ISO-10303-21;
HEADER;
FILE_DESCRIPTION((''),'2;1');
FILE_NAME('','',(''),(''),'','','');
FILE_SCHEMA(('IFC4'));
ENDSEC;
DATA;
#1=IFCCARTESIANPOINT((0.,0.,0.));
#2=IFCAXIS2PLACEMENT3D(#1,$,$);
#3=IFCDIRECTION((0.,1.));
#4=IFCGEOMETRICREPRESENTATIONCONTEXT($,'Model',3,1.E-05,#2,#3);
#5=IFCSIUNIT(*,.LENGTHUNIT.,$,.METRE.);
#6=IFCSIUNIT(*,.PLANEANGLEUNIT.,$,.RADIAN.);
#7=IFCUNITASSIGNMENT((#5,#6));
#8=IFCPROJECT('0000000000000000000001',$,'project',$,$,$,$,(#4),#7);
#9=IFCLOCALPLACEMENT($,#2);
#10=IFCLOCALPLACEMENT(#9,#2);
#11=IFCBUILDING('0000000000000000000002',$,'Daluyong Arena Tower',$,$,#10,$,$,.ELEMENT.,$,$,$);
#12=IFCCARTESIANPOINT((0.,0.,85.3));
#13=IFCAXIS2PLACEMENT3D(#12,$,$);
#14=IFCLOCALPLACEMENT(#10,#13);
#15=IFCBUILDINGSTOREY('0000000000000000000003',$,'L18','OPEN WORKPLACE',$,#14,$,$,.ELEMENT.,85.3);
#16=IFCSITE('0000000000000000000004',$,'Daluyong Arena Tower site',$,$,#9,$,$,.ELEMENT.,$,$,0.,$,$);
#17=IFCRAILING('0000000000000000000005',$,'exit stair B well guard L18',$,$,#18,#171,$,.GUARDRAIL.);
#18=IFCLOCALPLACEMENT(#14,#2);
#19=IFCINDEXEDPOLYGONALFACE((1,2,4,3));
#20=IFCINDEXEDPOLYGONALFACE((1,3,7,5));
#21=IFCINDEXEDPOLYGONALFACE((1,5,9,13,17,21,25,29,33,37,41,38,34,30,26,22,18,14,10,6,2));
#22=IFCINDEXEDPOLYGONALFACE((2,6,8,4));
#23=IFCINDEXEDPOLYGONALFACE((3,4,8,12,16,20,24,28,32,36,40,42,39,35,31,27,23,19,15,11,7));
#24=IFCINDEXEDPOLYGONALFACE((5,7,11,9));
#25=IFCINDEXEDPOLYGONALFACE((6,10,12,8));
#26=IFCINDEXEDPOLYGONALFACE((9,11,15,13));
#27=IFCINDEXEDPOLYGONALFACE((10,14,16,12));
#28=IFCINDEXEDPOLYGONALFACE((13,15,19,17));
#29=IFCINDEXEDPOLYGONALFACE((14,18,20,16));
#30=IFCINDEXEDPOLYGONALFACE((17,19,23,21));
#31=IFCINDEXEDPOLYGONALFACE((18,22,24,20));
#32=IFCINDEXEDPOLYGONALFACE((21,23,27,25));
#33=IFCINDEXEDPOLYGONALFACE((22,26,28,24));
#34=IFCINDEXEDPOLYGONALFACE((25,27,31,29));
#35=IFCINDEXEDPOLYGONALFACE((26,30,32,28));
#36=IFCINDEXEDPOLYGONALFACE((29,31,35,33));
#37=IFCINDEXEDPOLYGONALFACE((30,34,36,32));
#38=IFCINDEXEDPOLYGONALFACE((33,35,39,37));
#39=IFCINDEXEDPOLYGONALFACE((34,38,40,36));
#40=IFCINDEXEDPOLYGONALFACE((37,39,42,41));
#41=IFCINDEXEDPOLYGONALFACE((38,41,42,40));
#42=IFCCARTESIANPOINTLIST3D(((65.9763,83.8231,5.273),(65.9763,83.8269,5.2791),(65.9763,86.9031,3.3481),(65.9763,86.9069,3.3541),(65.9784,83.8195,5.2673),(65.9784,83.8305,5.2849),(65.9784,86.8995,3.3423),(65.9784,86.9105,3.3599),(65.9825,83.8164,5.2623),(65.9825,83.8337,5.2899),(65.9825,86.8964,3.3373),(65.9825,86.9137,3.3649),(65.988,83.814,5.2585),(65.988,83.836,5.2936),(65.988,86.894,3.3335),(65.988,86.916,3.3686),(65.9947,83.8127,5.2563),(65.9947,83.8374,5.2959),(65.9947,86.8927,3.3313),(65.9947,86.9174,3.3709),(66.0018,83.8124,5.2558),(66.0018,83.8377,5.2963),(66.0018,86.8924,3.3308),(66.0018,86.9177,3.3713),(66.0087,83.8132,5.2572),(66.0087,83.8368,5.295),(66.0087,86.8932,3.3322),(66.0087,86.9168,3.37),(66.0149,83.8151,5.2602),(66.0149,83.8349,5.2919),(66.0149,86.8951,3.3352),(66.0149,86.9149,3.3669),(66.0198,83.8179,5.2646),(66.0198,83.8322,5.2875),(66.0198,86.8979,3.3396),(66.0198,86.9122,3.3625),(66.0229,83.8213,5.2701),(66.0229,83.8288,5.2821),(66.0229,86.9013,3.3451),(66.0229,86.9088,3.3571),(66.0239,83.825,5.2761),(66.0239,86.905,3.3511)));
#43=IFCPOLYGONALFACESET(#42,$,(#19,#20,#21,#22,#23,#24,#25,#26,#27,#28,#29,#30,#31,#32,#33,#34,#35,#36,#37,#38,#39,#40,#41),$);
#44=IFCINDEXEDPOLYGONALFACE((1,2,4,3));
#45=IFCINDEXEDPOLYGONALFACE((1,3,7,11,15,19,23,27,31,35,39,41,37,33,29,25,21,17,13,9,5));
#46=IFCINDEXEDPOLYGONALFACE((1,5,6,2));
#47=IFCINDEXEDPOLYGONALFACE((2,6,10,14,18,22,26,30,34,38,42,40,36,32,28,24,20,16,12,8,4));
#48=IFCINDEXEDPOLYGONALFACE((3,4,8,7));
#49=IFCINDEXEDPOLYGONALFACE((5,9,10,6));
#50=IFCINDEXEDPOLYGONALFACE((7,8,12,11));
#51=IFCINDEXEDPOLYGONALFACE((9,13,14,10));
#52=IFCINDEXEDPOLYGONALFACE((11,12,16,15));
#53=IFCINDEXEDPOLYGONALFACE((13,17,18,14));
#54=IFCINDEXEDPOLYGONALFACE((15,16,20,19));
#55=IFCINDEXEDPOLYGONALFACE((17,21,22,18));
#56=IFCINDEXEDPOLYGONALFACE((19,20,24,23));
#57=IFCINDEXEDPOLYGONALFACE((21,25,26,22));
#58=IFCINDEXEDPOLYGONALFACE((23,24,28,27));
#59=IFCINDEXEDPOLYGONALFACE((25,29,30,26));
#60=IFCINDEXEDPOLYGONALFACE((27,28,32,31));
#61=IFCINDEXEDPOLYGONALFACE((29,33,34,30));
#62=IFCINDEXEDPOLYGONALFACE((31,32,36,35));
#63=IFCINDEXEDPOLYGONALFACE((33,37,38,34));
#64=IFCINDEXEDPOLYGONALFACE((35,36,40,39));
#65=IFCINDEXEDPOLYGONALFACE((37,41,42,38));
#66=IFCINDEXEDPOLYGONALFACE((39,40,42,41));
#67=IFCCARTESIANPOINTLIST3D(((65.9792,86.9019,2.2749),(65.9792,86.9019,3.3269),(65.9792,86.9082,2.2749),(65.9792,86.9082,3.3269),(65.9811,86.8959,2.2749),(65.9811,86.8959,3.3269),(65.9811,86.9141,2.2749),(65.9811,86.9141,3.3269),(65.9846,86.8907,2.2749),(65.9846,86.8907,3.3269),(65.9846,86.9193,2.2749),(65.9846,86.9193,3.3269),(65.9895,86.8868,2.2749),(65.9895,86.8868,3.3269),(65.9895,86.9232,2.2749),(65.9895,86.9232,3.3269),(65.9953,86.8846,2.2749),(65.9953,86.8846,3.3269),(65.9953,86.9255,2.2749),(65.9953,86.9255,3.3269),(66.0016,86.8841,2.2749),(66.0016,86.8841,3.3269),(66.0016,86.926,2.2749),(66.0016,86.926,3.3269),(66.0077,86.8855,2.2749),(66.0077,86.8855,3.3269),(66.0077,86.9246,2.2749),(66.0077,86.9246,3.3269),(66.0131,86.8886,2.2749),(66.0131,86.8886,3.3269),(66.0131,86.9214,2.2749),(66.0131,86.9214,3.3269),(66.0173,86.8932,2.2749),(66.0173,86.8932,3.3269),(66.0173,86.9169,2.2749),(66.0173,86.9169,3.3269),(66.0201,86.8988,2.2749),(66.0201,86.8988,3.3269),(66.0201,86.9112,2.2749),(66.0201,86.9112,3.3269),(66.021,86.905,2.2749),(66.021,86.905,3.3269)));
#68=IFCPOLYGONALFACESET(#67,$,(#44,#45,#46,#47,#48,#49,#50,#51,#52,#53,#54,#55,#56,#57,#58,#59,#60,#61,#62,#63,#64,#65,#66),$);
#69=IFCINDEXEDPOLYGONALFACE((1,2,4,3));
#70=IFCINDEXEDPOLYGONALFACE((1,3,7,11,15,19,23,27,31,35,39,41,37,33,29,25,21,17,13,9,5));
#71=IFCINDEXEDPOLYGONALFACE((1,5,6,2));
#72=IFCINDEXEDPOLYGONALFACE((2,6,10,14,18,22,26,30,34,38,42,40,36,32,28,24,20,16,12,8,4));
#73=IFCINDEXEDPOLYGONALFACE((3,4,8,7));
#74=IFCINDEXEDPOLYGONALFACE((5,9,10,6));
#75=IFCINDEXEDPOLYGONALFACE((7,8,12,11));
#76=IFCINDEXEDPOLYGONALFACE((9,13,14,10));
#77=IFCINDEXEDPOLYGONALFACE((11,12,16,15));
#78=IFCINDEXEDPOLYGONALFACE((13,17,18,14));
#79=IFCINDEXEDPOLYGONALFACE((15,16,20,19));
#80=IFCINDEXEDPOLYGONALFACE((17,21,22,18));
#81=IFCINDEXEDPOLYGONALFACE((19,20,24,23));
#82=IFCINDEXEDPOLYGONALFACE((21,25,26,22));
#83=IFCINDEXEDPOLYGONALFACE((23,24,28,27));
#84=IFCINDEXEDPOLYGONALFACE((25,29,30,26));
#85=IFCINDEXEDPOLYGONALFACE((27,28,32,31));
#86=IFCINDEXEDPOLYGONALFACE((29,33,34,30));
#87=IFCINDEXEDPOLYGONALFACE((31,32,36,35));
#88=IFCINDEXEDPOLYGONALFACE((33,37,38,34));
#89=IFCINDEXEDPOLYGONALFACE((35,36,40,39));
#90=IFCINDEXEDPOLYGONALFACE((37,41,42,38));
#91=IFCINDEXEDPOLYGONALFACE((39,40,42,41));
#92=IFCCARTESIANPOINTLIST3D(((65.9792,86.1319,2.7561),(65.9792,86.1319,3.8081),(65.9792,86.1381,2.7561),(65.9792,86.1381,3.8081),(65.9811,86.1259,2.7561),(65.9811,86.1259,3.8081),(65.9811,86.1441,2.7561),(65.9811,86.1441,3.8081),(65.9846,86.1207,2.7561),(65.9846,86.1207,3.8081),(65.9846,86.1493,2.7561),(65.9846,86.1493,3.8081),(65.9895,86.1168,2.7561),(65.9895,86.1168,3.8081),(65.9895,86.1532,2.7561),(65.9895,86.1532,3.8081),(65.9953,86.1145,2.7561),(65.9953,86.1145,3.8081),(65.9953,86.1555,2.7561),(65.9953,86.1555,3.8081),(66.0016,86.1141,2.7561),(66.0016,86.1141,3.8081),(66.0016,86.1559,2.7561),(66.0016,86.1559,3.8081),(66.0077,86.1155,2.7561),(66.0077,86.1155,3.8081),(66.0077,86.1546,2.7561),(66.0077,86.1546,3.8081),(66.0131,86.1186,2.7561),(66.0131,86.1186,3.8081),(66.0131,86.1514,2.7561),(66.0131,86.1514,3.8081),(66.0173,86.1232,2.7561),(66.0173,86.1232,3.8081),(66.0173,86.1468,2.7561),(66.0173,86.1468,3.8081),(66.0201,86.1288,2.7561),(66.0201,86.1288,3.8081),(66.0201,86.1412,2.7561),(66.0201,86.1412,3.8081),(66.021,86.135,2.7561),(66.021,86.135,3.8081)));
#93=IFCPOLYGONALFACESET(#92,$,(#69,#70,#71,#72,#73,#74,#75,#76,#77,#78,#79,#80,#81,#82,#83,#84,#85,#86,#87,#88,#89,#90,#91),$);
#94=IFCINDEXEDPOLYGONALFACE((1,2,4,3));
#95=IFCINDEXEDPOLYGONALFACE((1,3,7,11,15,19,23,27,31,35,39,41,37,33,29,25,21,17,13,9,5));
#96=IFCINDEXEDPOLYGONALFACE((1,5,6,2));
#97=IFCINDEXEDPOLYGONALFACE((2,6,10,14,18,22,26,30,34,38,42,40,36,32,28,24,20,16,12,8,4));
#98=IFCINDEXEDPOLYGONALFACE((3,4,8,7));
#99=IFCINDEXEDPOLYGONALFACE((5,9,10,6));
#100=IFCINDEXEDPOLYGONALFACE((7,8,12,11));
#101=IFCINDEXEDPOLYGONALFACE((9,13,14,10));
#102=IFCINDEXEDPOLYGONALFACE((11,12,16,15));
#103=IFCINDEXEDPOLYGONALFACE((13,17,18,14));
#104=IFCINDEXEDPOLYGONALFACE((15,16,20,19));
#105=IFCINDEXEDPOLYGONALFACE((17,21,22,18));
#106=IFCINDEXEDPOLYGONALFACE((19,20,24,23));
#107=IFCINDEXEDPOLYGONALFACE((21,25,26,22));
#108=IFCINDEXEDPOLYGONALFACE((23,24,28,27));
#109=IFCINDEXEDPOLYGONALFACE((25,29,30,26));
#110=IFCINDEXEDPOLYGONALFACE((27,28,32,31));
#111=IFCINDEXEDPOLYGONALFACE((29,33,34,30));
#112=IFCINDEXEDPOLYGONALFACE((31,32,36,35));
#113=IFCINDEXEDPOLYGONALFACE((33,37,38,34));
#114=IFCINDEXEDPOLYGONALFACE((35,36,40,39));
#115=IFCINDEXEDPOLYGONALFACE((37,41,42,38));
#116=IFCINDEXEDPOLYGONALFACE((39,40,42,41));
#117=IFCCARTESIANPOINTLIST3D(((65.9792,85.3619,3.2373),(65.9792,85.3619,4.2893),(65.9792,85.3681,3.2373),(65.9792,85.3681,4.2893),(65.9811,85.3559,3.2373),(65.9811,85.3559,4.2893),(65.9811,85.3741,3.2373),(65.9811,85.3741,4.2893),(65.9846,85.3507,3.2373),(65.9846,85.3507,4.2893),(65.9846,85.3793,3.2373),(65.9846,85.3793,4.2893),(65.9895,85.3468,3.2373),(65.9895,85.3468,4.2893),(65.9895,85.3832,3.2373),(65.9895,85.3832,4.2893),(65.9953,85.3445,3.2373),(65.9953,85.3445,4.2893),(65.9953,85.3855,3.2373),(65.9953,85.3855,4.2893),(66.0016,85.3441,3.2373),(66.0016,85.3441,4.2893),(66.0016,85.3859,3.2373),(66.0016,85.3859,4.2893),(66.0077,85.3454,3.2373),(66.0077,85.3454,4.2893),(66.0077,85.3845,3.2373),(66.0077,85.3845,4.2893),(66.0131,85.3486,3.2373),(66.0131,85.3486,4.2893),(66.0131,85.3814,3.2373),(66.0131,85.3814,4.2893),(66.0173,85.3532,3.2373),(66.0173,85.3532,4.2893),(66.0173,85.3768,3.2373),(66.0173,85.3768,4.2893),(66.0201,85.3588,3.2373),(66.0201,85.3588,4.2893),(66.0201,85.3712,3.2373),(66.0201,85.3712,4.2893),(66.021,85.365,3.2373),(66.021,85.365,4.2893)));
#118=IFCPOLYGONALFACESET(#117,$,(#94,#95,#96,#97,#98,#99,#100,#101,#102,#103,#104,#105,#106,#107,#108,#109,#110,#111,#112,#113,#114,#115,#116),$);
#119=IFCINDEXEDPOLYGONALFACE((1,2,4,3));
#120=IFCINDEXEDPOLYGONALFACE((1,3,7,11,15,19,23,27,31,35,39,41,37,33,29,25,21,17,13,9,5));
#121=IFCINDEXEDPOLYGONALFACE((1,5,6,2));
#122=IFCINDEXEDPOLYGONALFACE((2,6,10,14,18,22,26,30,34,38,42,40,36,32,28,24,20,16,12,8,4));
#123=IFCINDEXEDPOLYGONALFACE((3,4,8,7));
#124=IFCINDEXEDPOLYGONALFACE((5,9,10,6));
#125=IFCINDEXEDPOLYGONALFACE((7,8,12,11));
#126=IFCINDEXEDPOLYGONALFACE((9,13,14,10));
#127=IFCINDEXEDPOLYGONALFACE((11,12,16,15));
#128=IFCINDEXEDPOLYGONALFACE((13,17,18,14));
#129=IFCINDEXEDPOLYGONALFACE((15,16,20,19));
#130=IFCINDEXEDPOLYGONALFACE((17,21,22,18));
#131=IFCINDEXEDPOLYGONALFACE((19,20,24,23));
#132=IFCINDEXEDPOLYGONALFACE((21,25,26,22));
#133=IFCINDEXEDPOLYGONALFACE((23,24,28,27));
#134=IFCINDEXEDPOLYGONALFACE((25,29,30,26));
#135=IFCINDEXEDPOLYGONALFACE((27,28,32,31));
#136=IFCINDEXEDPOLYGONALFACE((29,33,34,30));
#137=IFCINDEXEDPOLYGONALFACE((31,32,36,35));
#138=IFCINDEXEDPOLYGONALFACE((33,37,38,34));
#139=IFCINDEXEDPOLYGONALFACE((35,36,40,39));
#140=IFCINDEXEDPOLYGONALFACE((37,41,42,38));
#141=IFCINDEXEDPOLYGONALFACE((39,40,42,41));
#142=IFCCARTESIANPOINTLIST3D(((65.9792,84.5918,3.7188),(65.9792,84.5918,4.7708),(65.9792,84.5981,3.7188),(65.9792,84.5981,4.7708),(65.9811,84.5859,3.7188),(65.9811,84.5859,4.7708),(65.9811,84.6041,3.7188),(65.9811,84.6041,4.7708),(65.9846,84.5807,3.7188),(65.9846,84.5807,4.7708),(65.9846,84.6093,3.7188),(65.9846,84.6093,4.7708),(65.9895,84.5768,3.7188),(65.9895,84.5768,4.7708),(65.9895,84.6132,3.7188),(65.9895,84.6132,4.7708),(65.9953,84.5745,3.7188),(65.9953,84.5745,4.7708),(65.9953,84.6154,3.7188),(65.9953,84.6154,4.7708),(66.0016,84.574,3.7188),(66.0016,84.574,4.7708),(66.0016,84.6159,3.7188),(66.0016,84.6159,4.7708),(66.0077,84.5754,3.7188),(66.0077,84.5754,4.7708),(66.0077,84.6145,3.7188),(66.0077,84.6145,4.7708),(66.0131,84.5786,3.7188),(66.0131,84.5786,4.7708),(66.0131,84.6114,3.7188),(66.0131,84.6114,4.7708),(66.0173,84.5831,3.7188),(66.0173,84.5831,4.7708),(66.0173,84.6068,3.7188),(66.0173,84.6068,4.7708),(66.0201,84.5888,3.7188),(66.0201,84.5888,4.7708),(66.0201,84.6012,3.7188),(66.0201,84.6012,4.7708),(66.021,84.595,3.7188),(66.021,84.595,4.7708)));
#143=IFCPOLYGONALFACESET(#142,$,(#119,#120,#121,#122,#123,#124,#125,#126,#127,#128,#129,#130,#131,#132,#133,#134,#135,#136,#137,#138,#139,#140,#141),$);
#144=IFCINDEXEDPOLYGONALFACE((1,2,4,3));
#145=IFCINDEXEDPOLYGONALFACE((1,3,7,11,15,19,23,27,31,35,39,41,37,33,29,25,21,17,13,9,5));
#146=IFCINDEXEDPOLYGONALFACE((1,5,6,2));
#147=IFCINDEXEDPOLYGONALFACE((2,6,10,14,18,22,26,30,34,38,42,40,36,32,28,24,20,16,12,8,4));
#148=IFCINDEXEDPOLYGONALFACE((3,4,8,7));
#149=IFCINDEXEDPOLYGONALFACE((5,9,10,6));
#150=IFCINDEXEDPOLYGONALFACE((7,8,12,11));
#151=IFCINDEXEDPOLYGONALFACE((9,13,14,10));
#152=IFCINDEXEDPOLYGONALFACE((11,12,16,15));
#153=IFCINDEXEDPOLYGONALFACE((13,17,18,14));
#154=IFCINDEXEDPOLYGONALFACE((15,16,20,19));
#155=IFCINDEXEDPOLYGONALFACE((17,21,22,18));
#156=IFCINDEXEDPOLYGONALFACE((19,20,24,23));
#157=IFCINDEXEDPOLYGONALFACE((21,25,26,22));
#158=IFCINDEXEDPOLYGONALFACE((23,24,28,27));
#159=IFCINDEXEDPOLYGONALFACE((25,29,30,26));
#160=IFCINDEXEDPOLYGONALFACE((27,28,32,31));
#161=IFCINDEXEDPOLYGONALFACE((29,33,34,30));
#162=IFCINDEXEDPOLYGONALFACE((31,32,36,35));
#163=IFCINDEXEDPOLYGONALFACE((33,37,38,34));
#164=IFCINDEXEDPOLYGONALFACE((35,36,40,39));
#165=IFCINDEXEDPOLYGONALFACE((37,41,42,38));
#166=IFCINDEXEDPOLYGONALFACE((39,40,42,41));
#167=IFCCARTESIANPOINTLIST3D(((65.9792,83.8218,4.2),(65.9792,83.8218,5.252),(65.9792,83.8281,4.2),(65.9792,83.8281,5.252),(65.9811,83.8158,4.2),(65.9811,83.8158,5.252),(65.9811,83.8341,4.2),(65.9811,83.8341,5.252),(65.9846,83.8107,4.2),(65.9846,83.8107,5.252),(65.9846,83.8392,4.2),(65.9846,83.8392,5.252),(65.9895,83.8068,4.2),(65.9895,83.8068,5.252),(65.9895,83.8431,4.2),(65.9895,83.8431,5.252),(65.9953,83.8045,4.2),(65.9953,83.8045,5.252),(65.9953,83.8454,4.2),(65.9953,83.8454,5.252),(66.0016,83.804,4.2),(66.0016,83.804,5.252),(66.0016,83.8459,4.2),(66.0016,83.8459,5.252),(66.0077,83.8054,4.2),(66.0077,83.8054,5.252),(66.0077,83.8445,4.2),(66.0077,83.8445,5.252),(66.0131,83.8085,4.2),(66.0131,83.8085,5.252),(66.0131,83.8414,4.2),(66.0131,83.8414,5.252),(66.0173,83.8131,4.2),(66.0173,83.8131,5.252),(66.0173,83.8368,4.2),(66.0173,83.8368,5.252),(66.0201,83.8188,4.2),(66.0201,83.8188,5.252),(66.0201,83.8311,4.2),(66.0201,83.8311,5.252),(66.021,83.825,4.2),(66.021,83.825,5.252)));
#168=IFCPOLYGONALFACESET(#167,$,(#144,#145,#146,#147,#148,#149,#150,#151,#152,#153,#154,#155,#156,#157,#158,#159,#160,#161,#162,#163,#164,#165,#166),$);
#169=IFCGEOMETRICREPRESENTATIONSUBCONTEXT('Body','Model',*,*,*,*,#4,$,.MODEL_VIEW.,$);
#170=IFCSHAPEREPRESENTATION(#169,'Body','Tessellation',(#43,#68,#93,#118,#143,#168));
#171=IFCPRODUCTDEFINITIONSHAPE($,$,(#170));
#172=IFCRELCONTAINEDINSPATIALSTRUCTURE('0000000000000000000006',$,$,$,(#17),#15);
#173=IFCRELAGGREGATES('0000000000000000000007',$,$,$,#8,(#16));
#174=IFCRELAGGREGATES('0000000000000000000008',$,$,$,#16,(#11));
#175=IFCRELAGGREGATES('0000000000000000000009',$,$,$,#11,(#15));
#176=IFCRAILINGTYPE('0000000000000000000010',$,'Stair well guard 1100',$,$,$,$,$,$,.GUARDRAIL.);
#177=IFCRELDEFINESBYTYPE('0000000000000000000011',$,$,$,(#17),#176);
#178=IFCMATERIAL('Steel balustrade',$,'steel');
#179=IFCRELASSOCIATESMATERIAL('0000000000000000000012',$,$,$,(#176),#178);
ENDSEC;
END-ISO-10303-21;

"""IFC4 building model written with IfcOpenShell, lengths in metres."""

from ifc_helpers import new_model, si_unit, direction, frame, origin, origin_2d, place, context, subcontext, project, spatial, circle, extrude, material, type_object, element, save


model = new_model("IFC4")

# Units and contexts
model_context = context("Model", 3, precision=1e-05, world=origin(), true_north=direction((0.0, 1.0)))
body_context = subcontext(model_context, "Body", "Model", "MODEL_VIEW")
ifc_project = project(units=[si_unit("LENGTHUNIT", "METRE"), si_unit("PLANEANGLEUNIT", "RADIAN")], contexts=[model_context])

# Site, building, storey
site_placement = place(None, origin())
site = spatial("IfcSite", under=ifc_project, at=site_placement, Name="Daluyong Arena Tower site", CompositionType="ELEMENT", RefElevation=0.0)
building_placement = place(site_placement, origin())
building = spatial("IfcBuilding", under=site, at=building_placement, Name="Daluyong Arena Tower", CompositionType="ELEMENT")
storey_placement = place(building_placement, frame((0.0, 0.0, 85.3)))
storey = spatial("IfcBuildingStorey", under=building, at=storey_placement, Name="L18", Description="OPEN WORKPLACE", CompositionType="ELEMENT", Elevation=85.3)

# Railing
ifc_material_1 = material(Name="Steel balustrade", Category="steel")
railing_type_1 = type_object("IfcRailingType", Name="Stair well guard 1100", PredefinedType="GUARDRAIL", material=ifc_material_1)
railing_1_placement = place(storey_placement, frame((66.0, 86.905, 2.2749)))
element("IfcRailing", 1, at=railing_1_placement, inside=storey, type_object=railing_type_1, Name="exit stair B well guard L18", PredefinedType="GUARDRAIL", context=body_context, shape_type="SweptSolid", body=[
    extrude(circle(Radius=0.0239, at=origin_2d()), frame((0.0, 0.0, 1.0762), z_axis=(0.0, -0.847998, 0.529999), x_axis=(1.0, 0.0, 0.0)), (0.0, 0.0, 1.0), 3.6321),
    extrude(circle(Radius=0.021, at=origin_2d()), origin(), (0.0, 0.0, 1.0), 1.052),
    extrude(circle(Radius=0.021, at=origin_2d()), frame((0.0, -0.77, 0.4812)), (0.0, 0.0, 1.0), 1.052),
    extrude(circle(Radius=0.021, at=origin_2d()), frame((0.0, -1.54, 0.9624)), (0.0, 0.0, 1.0), 1.052),
    extrude(circle(Radius=0.021, at=origin_2d()), frame((0.0, -2.3101, 1.4438)), (0.0, 0.0, 1.0), 1.052),
    extrude(circle(Radius=0.021, at=origin_2d()), frame((0.0, -3.0801, 1.925)), (0.0, 0.0, 1.0), 1.052),
])

save(model, "model.ifc")
